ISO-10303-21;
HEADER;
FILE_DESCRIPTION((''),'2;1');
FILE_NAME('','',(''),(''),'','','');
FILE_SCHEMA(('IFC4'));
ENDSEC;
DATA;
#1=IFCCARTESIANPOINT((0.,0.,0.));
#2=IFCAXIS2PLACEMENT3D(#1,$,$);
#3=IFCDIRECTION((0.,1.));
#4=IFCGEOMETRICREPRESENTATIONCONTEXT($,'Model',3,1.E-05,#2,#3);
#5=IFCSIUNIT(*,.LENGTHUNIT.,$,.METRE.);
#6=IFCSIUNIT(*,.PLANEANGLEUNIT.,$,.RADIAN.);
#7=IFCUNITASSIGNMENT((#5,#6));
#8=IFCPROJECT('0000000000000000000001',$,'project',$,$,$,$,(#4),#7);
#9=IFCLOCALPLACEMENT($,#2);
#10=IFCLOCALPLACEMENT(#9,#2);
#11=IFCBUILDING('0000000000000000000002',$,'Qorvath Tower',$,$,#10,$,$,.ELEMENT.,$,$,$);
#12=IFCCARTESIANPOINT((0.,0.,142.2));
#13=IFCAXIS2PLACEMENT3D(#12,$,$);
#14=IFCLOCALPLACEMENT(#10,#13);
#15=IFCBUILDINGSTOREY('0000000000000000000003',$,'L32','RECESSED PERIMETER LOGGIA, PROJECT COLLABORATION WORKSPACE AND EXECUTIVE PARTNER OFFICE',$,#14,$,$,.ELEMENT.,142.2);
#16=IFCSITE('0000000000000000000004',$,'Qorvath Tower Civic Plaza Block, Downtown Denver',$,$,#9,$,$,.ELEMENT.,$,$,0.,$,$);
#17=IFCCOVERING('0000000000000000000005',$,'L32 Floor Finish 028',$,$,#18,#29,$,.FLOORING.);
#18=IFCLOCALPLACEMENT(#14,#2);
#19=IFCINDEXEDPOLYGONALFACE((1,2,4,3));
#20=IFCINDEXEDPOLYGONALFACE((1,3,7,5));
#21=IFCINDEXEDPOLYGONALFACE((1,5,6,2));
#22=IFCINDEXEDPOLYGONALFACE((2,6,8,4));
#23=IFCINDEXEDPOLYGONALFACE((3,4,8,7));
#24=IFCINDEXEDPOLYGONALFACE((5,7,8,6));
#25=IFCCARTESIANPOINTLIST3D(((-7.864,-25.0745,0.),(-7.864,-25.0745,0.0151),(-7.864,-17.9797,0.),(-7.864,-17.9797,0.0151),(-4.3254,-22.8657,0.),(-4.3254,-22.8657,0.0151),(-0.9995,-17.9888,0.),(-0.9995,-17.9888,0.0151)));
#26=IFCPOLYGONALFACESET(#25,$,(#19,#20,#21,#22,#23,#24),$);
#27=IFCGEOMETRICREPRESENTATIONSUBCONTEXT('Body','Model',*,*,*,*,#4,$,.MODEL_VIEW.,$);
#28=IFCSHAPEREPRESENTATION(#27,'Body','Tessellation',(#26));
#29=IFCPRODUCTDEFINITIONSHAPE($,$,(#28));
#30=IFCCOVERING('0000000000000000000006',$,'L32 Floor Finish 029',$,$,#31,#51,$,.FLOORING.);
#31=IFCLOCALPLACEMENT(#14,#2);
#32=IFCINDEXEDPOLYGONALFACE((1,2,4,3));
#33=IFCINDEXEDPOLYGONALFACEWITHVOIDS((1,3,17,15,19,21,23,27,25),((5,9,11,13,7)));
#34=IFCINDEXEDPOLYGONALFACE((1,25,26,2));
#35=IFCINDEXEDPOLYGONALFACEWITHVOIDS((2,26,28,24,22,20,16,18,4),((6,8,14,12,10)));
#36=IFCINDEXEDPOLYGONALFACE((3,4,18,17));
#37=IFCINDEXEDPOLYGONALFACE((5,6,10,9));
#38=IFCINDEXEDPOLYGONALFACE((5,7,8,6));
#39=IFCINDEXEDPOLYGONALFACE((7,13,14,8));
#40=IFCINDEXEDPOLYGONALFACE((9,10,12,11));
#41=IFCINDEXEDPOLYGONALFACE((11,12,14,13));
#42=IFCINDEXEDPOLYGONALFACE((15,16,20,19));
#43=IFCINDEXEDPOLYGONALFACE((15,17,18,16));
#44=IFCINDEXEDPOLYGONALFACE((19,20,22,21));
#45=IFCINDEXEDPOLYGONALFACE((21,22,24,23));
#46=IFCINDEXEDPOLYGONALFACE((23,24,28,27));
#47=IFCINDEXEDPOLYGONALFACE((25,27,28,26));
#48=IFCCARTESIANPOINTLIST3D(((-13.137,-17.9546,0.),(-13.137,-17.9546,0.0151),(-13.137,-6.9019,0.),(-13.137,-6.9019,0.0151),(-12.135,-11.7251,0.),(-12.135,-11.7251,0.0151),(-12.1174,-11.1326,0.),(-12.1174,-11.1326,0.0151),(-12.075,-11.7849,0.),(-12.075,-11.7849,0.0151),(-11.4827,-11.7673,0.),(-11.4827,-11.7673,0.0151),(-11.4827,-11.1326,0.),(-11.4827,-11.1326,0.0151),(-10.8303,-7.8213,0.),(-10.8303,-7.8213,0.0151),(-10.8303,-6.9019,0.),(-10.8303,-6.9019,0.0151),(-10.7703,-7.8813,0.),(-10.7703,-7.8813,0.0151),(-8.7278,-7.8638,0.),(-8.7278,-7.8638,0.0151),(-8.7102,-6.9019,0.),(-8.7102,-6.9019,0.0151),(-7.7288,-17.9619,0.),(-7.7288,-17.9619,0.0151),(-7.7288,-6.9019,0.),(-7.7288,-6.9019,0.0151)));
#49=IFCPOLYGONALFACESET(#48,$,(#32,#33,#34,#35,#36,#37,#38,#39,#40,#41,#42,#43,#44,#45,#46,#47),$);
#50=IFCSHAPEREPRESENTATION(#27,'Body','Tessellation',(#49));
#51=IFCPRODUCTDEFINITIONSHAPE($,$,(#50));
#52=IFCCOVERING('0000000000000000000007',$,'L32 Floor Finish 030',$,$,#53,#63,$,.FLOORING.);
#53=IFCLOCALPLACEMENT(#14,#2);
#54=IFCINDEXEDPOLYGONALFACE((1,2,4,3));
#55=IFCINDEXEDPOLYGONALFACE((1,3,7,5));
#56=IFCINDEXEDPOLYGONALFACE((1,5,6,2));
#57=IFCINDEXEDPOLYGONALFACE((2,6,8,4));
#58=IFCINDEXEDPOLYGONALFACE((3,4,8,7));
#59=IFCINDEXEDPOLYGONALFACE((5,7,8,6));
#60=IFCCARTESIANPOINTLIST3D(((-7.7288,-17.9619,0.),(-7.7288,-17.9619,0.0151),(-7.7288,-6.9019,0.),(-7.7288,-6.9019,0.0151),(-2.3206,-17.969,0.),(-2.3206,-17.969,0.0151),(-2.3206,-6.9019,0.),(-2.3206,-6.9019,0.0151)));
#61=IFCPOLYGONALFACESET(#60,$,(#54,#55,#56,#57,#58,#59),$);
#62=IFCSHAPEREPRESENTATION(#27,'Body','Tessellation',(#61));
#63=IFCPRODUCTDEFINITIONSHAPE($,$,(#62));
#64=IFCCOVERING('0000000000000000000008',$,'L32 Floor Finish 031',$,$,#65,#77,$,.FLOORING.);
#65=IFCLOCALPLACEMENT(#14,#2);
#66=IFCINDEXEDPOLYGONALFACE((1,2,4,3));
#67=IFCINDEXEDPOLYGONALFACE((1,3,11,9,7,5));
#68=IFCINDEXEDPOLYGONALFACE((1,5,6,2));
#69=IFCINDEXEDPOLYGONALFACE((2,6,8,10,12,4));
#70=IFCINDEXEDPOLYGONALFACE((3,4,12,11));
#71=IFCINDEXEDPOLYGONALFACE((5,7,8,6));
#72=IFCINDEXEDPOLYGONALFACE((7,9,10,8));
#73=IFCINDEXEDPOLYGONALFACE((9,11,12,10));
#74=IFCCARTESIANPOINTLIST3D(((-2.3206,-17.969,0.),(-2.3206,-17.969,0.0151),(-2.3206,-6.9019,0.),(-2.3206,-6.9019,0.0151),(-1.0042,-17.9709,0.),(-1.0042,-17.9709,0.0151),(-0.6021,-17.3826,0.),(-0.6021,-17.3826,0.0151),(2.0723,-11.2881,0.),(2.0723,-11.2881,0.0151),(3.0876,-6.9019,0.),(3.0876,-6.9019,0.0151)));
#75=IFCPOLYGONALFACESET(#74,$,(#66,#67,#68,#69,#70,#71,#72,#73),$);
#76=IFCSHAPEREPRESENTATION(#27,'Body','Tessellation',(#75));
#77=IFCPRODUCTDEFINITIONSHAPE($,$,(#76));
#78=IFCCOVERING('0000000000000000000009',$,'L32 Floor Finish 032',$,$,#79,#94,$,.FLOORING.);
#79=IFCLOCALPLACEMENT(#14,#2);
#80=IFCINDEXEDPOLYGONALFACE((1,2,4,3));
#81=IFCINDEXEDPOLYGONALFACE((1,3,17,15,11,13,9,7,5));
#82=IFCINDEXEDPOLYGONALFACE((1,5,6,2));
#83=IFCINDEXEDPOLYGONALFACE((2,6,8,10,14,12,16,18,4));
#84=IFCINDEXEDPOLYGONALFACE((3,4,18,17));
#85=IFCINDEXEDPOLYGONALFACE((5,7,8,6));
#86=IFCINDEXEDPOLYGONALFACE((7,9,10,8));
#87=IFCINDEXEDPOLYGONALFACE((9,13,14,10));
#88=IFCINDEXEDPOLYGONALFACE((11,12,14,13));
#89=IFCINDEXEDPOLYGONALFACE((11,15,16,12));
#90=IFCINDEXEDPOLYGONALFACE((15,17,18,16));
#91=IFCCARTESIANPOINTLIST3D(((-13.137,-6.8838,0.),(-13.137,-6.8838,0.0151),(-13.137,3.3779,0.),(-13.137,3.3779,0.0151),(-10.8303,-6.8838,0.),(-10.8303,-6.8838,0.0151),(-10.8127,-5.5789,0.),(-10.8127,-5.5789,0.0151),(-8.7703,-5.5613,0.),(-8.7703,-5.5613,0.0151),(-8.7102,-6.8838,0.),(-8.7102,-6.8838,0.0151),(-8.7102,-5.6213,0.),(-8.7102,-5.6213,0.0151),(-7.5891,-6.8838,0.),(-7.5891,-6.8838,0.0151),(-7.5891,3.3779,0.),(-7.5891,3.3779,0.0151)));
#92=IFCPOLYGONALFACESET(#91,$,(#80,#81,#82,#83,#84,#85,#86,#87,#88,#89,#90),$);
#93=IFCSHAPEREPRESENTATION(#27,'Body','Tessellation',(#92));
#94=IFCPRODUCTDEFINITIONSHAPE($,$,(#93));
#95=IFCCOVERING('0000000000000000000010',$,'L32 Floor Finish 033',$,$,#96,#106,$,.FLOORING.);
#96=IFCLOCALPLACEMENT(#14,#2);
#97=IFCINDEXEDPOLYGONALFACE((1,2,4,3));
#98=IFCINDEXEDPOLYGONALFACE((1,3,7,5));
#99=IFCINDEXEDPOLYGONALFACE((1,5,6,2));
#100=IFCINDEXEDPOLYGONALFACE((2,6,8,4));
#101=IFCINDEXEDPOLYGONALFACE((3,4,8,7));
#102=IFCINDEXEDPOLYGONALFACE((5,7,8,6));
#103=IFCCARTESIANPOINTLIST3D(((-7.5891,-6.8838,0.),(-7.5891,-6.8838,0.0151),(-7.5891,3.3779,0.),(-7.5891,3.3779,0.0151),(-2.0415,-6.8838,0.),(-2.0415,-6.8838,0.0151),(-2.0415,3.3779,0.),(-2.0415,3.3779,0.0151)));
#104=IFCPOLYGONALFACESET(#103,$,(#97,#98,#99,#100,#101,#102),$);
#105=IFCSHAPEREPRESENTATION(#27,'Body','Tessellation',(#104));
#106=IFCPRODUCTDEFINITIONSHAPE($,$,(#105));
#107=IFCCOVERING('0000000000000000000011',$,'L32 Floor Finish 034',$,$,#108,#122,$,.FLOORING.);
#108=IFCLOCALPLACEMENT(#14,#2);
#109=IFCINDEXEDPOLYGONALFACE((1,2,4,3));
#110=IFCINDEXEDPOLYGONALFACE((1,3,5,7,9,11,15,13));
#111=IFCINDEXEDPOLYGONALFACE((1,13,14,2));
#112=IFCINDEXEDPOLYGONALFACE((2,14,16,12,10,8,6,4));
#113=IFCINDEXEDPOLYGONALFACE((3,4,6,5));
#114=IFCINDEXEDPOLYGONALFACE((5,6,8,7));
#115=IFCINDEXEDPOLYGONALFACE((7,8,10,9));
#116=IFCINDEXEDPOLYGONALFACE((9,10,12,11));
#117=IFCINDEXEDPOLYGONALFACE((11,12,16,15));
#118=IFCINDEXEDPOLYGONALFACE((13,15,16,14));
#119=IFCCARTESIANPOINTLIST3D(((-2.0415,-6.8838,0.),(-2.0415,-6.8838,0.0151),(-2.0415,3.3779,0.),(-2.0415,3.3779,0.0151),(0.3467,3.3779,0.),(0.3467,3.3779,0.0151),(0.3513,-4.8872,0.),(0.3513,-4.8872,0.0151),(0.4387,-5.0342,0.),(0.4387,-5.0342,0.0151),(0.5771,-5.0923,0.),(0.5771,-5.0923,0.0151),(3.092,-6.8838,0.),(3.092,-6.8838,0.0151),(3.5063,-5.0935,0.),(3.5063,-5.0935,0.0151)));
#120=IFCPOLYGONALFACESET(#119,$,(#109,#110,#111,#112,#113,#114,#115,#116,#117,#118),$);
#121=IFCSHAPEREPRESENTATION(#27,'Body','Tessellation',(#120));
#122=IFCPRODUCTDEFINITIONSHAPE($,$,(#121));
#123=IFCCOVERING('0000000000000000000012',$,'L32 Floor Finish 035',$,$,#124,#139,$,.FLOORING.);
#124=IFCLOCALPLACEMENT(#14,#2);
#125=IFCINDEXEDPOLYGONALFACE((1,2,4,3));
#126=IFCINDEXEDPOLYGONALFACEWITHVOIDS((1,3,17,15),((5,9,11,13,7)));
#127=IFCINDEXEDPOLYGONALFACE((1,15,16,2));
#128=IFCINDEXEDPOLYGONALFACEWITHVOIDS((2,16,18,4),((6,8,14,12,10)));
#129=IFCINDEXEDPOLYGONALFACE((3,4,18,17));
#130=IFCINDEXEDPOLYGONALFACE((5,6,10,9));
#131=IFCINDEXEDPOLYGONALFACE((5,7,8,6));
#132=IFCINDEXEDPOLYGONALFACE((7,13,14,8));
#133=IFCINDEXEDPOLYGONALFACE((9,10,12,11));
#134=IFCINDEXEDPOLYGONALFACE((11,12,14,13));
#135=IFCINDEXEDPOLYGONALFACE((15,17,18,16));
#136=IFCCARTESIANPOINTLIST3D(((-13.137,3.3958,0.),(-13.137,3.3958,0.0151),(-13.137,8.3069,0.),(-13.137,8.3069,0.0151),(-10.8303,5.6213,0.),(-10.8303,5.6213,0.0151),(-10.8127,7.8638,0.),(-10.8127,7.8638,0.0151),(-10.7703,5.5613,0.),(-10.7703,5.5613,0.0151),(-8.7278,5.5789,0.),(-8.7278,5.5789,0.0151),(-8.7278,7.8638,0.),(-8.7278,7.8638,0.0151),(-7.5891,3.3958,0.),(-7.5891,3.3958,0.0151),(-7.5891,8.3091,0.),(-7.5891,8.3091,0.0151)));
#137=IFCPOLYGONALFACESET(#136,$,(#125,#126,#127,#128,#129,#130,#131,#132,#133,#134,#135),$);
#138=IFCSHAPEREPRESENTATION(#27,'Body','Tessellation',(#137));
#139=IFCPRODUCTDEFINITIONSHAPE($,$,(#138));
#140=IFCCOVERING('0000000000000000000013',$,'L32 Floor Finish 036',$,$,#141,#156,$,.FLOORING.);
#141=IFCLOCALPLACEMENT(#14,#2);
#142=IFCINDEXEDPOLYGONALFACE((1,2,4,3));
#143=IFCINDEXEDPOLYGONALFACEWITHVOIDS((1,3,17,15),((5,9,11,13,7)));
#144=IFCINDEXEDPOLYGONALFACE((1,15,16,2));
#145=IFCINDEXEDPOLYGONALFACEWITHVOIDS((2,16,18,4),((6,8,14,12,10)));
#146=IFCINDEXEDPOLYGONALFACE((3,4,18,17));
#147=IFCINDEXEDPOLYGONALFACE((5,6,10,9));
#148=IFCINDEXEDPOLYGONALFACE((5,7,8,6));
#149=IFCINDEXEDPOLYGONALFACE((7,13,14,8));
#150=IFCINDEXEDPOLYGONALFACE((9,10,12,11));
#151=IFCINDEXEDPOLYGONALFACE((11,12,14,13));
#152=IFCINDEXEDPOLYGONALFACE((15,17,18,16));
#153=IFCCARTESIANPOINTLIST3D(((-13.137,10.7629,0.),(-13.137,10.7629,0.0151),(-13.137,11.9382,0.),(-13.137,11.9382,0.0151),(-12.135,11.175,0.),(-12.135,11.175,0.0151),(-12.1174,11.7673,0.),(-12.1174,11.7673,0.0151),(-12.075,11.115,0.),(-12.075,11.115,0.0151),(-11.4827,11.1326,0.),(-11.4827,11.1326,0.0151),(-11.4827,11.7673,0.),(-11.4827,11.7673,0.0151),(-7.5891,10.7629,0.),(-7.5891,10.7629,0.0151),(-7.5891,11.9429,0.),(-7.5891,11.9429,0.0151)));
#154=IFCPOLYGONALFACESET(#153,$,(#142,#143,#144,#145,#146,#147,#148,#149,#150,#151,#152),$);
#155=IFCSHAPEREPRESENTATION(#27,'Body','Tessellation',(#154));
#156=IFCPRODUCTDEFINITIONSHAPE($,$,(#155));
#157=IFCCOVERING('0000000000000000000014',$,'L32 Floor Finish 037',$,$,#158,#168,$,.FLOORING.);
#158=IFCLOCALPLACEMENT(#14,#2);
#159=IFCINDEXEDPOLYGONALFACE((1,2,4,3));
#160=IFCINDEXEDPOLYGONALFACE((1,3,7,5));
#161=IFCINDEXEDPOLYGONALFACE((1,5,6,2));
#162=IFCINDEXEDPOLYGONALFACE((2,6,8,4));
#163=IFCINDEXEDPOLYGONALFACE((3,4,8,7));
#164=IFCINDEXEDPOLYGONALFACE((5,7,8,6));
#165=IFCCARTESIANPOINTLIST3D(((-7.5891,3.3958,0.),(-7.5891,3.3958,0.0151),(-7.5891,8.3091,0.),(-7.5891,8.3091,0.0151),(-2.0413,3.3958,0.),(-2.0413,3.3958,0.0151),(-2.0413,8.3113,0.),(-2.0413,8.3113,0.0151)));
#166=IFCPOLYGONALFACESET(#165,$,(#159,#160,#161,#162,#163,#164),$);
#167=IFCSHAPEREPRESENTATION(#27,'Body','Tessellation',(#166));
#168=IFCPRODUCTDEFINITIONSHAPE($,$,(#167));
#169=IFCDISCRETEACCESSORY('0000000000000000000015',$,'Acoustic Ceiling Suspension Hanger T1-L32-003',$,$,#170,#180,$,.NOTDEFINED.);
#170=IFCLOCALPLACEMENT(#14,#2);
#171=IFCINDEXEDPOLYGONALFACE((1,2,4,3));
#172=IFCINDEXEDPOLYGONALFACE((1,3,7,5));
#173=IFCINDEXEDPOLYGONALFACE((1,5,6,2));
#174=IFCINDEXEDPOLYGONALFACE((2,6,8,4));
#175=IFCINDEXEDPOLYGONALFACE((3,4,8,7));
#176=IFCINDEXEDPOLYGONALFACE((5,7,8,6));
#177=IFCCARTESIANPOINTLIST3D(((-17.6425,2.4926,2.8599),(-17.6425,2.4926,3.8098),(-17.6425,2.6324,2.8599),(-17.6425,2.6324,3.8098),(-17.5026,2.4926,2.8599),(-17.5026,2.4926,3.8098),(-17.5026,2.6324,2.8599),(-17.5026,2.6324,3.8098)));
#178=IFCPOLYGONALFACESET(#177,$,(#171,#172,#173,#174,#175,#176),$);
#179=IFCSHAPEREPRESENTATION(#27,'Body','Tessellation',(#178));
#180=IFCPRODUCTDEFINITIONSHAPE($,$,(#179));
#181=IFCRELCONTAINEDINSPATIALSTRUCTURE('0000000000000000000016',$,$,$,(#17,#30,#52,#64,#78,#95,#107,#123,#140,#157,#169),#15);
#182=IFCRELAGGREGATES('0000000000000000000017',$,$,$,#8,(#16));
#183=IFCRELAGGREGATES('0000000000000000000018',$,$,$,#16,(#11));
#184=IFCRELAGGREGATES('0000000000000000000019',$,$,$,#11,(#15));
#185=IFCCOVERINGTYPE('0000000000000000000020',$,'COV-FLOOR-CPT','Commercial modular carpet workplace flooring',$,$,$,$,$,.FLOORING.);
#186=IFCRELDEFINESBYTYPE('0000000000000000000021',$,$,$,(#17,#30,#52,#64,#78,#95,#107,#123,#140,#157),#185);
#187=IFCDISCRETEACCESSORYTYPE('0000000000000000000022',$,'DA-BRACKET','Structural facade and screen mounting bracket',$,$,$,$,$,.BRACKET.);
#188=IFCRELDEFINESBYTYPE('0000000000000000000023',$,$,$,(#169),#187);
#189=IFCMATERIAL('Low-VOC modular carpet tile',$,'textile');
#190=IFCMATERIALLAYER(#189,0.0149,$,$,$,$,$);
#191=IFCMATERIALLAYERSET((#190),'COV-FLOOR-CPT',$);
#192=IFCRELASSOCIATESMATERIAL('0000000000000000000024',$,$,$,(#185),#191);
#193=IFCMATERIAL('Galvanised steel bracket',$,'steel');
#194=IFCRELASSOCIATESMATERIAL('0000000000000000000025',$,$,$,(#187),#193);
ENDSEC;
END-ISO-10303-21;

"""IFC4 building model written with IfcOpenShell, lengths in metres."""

from ifc_helpers import new_model, si_unit, direction, frame, origin, origin_2d, place, context, subcontext, project, spatial, polyline, rectangle, outline, extrude, material, layer, layer_set, type_object, element, save


model = new_model("IFC4")

# Units and contexts
model_context = context("Model", 3, precision=1e-05, world=origin(), true_north=direction((0.0, 1.0)))
body_context = subcontext(model_context, "Body", "Model", "MODEL_VIEW")
ifc_project = project(units=[si_unit("LENGTHUNIT", "METRE"), si_unit("PLANEANGLEUNIT", "RADIAN")], contexts=[model_context])

# Site, building, storey
site_placement = place(None, origin())
site = spatial("IfcSite", under=ifc_project, at=site_placement, Name="Qorvath Tower Civic Plaza Block, Downtown Denver", CompositionType="ELEMENT", RefElevation=0.0)
building_placement = place(site_placement, origin())
building = spatial("IfcBuilding", under=site, at=building_placement, Name="Qorvath Tower", CompositionType="ELEMENT")
storey_placement = place(building_placement, frame((0.0, 0.0, 142.2)))
storey = spatial("IfcBuildingStorey", under=building, at=storey_placement, Name="L32", Description="RECESSED PERIMETER LOGGIA, PROJECT COLLABORATION WORKSPACE AND EXECUTIVE PARTNER OFFICE", CompositionType="ELEMENT", Elevation=142.2)

# Coverings
ifc_material_1 = material(Name="Low-VOC modular carpet tile", Category="textile")
ifc_layer_1 = layer(ifc_material_1, 0.0149)
ifc_layer_set_1 = layer_set([ifc_layer_1], Name="COV-FLOOR-CPT")
covering_type_1 = type_object("IfcCoveringType", Name="COV-FLOOR-CPT", Description="Commercial modular carpet workplace flooring", PredefinedType="FLOORING", material=ifc_layer_set_1)
covering_1_placement = place(storey_placement, origin())
element("IfcCovering", 1, at=covering_1_placement, inside=storey, type_object=covering_type_1, Name="L32 Floor Finish 028", PredefinedType="FLOORING", context=body_context, shape_type="SweptSolid", body=[
    extrude(outline(polyline([(-7.864, -17.9797), (-7.864, -25.0745), (-4.3254, -22.8657), (-0.9995, -17.9888), (-7.864, -17.9797)])), origin(), (0.0, 0.0, 1.0), 0.0151),
])
covering_2_placement = place(storey_placement, origin())
element("IfcCovering", 2, at=covering_2_placement, inside=storey, type_object=covering_type_1, Name="L32 Floor Finish 029", PredefinedType="FLOORING", context=body_context, shape_type="SweptSolid", body=[
    extrude(outline(polyline([(-13.137, -17.9546), (-7.7288, -17.9619), (-7.7288, -6.9019), (-8.7102, -6.9019), (-8.7278, -7.8638), (-10.7703, -7.8813), (-10.8303, -7.8213), (-10.8303, -6.9019), (-13.137, -6.9019), (-13.137, -17.9546)]), holes=[polyline([(-12.135, -11.7251), (-12.1174, -11.1326), (-11.4827, -11.1326), (-11.4827, -11.7673), (-12.075, -11.7849), (-12.135, -11.7251)])]), origin(), (0.0, 0.0, 1.0), 0.0151),
])
covering_3_placement = place(storey_placement, origin())
element("IfcCovering", 3, at=covering_3_placement, inside=storey, type_object=covering_type_1, Name="L32 Floor Finish 030", PredefinedType="FLOORING", context=body_context, shape_type="SweptSolid", body=[
    extrude(outline(polyline([(-7.7288, -6.9019), (-7.7288, -17.9619), (-2.3206, -17.969), (-2.3206, -6.9019), (-7.7288, -6.9019)])), origin(), (0.0, 0.0, 1.0), 0.0151),
])
covering_4_placement = place(storey_placement, origin())
element("IfcCovering", 4, at=covering_4_placement, inside=storey, type_object=covering_type_1, Name="L32 Floor Finish 031", PredefinedType="FLOORING", context=body_context, shape_type="SweptSolid", body=[
    extrude(outline(polyline([(-2.3206, -6.9019), (-2.3206, -17.969), (-1.0042, -17.9709), (-0.6021, -17.3826), (2.0723, -11.2881), (3.0876, -6.9019), (-2.3206, -6.9019)])), origin(), (0.0, 0.0, 1.0), 0.0151),
])
covering_5_placement = place(storey_placement, origin())
element("IfcCovering", 5, at=covering_5_placement, inside=storey, type_object=covering_type_1, Name="L32 Floor Finish 032", PredefinedType="FLOORING", context=body_context, shape_type="SweptSolid", body=[
    extrude(outline(polyline([(-7.5891, -6.8838), (-7.5891, 3.3779), (-13.137, 3.3779), (-13.137, -6.8838), (-10.8303, -6.8838), (-10.8127, -5.5789), (-8.7703, -5.5613), (-8.7102, -5.6213), (-8.7102, -6.8838), (-7.5891, -6.8838)])), origin(), (0.0, 0.0, 1.0), 0.0151),
])
covering_6_placement = place(storey_placement, origin())
element("IfcCovering", 6, at=covering_6_placement, inside=storey, type_object=covering_type_1, Name="L32 Floor Finish 033", PredefinedType="FLOORING", context=body_context, shape_type="SweptSolid", body=[
    extrude(outline(polyline([(-2.0415, -6.8838), (-2.0415, 3.3779), (-7.5891, 3.3779), (-7.5891, -6.8838), (-2.0415, -6.8838)])), origin(), (0.0, 0.0, 1.0), 0.0151),
])
covering_7_placement = place(storey_placement, origin())
element("IfcCovering", 7, at=covering_7_placement, inside=storey, type_object=covering_type_1, Name="L32 Floor Finish 034", PredefinedType="FLOORING", context=body_context, shape_type="SweptSolid", body=[
    extrude(outline(polyline([(0.4387, -5.0342), (0.3513, -4.8872), (0.3467, 3.3779), (-2.0415, 3.3779), (-2.0415, -6.8838), (3.092, -6.8838), (3.5063, -5.0935), (0.5771, -5.0923), (0.4387, -5.0342)])), origin(), (0.0, 0.0, 1.0), 0.0151),
])
covering_8_placement = place(storey_placement, origin())
element("IfcCovering", 8, at=covering_8_placement, inside=storey, type_object=covering_type_1, Name="L32 Floor Finish 035", PredefinedType="FLOORING", context=body_context, shape_type="SweptSolid", body=[
    extrude(outline(polyline([(-7.5891, 3.3958), (-7.5891, 8.3091), (-13.137, 8.3069), (-13.137, 3.3958), (-7.5891, 3.3958)]), holes=[polyline([(-10.8303, 5.6213), (-10.8127, 7.8638), (-8.7278, 7.8638), (-8.7278, 5.5789), (-10.7703, 5.5613), (-10.8303, 5.6213)])]), origin(), (0.0, 0.0, 1.0), 0.0151),
])
covering_9_placement = place(storey_placement, origin())
element("IfcCovering", 9, at=covering_9_placement, inside=storey, type_object=covering_type_1, Name="L32 Floor Finish 036", PredefinedType="FLOORING", context=body_context, shape_type="SweptSolid", body=[
    extrude(outline(polyline([(-7.5891, 10.7629), (-7.5891, 11.9429), (-13.137, 11.9382), (-13.137, 10.7629), (-7.5891, 10.7629)]), holes=[polyline([(-12.135, 11.175), (-12.1174, 11.7673), (-11.4827, 11.7673), (-11.4827, 11.1326), (-12.075, 11.115), (-12.135, 11.175)])]), origin(), (0.0, 0.0, 1.0), 0.0151),
])
covering_10_placement = place(storey_placement, origin())
element("IfcCovering", 10, at=covering_10_placement, inside=storey, type_object=covering_type_1, Name="L32 Floor Finish 037", PredefinedType="FLOORING", context=body_context, shape_type="SweptSolid", body=[
    extrude(outline(polyline([(-2.0413, 3.3958), (-2.0413, 8.3113), (-7.5891, 8.3091), (-7.5891, 3.3958), (-2.0413, 3.3958)])), origin(), (0.0, 0.0, 1.0), 0.0151),
])

# Discrete accessory
ifc_material_2 = material(Name="Galvanised steel bracket", Category="steel")
discrete_accessory_type = type_object("IfcDiscreteAccessoryType", Name="DA-BRACKET", Description="Structural facade and screen mounting bracket", PredefinedType="BRACKET", material=ifc_material_2)
discrete_accessory_placement = place(storey_placement, frame((-17.5725, 2.5625, 2.8599), z_axis=(0.0, 0.0, 1.0), x_axis=(1.0, 0.0, 0.0)))
element("IfcDiscreteAccessory", 11, at=discrete_accessory_placement, inside=storey, type_object=discrete_accessory_type, Name="Acoustic Ceiling Suspension Hanger T1-L32-003", PredefinedType="NOTDEFINED", context=body_context, shape_type="SweptSolid", body=[
    extrude(rectangle(XDim=0.1399, YDim=0.1399, at=origin_2d()), origin(), (0.0, 0.0, 1.0), 0.95),
])

save(model, "model.ifc")
